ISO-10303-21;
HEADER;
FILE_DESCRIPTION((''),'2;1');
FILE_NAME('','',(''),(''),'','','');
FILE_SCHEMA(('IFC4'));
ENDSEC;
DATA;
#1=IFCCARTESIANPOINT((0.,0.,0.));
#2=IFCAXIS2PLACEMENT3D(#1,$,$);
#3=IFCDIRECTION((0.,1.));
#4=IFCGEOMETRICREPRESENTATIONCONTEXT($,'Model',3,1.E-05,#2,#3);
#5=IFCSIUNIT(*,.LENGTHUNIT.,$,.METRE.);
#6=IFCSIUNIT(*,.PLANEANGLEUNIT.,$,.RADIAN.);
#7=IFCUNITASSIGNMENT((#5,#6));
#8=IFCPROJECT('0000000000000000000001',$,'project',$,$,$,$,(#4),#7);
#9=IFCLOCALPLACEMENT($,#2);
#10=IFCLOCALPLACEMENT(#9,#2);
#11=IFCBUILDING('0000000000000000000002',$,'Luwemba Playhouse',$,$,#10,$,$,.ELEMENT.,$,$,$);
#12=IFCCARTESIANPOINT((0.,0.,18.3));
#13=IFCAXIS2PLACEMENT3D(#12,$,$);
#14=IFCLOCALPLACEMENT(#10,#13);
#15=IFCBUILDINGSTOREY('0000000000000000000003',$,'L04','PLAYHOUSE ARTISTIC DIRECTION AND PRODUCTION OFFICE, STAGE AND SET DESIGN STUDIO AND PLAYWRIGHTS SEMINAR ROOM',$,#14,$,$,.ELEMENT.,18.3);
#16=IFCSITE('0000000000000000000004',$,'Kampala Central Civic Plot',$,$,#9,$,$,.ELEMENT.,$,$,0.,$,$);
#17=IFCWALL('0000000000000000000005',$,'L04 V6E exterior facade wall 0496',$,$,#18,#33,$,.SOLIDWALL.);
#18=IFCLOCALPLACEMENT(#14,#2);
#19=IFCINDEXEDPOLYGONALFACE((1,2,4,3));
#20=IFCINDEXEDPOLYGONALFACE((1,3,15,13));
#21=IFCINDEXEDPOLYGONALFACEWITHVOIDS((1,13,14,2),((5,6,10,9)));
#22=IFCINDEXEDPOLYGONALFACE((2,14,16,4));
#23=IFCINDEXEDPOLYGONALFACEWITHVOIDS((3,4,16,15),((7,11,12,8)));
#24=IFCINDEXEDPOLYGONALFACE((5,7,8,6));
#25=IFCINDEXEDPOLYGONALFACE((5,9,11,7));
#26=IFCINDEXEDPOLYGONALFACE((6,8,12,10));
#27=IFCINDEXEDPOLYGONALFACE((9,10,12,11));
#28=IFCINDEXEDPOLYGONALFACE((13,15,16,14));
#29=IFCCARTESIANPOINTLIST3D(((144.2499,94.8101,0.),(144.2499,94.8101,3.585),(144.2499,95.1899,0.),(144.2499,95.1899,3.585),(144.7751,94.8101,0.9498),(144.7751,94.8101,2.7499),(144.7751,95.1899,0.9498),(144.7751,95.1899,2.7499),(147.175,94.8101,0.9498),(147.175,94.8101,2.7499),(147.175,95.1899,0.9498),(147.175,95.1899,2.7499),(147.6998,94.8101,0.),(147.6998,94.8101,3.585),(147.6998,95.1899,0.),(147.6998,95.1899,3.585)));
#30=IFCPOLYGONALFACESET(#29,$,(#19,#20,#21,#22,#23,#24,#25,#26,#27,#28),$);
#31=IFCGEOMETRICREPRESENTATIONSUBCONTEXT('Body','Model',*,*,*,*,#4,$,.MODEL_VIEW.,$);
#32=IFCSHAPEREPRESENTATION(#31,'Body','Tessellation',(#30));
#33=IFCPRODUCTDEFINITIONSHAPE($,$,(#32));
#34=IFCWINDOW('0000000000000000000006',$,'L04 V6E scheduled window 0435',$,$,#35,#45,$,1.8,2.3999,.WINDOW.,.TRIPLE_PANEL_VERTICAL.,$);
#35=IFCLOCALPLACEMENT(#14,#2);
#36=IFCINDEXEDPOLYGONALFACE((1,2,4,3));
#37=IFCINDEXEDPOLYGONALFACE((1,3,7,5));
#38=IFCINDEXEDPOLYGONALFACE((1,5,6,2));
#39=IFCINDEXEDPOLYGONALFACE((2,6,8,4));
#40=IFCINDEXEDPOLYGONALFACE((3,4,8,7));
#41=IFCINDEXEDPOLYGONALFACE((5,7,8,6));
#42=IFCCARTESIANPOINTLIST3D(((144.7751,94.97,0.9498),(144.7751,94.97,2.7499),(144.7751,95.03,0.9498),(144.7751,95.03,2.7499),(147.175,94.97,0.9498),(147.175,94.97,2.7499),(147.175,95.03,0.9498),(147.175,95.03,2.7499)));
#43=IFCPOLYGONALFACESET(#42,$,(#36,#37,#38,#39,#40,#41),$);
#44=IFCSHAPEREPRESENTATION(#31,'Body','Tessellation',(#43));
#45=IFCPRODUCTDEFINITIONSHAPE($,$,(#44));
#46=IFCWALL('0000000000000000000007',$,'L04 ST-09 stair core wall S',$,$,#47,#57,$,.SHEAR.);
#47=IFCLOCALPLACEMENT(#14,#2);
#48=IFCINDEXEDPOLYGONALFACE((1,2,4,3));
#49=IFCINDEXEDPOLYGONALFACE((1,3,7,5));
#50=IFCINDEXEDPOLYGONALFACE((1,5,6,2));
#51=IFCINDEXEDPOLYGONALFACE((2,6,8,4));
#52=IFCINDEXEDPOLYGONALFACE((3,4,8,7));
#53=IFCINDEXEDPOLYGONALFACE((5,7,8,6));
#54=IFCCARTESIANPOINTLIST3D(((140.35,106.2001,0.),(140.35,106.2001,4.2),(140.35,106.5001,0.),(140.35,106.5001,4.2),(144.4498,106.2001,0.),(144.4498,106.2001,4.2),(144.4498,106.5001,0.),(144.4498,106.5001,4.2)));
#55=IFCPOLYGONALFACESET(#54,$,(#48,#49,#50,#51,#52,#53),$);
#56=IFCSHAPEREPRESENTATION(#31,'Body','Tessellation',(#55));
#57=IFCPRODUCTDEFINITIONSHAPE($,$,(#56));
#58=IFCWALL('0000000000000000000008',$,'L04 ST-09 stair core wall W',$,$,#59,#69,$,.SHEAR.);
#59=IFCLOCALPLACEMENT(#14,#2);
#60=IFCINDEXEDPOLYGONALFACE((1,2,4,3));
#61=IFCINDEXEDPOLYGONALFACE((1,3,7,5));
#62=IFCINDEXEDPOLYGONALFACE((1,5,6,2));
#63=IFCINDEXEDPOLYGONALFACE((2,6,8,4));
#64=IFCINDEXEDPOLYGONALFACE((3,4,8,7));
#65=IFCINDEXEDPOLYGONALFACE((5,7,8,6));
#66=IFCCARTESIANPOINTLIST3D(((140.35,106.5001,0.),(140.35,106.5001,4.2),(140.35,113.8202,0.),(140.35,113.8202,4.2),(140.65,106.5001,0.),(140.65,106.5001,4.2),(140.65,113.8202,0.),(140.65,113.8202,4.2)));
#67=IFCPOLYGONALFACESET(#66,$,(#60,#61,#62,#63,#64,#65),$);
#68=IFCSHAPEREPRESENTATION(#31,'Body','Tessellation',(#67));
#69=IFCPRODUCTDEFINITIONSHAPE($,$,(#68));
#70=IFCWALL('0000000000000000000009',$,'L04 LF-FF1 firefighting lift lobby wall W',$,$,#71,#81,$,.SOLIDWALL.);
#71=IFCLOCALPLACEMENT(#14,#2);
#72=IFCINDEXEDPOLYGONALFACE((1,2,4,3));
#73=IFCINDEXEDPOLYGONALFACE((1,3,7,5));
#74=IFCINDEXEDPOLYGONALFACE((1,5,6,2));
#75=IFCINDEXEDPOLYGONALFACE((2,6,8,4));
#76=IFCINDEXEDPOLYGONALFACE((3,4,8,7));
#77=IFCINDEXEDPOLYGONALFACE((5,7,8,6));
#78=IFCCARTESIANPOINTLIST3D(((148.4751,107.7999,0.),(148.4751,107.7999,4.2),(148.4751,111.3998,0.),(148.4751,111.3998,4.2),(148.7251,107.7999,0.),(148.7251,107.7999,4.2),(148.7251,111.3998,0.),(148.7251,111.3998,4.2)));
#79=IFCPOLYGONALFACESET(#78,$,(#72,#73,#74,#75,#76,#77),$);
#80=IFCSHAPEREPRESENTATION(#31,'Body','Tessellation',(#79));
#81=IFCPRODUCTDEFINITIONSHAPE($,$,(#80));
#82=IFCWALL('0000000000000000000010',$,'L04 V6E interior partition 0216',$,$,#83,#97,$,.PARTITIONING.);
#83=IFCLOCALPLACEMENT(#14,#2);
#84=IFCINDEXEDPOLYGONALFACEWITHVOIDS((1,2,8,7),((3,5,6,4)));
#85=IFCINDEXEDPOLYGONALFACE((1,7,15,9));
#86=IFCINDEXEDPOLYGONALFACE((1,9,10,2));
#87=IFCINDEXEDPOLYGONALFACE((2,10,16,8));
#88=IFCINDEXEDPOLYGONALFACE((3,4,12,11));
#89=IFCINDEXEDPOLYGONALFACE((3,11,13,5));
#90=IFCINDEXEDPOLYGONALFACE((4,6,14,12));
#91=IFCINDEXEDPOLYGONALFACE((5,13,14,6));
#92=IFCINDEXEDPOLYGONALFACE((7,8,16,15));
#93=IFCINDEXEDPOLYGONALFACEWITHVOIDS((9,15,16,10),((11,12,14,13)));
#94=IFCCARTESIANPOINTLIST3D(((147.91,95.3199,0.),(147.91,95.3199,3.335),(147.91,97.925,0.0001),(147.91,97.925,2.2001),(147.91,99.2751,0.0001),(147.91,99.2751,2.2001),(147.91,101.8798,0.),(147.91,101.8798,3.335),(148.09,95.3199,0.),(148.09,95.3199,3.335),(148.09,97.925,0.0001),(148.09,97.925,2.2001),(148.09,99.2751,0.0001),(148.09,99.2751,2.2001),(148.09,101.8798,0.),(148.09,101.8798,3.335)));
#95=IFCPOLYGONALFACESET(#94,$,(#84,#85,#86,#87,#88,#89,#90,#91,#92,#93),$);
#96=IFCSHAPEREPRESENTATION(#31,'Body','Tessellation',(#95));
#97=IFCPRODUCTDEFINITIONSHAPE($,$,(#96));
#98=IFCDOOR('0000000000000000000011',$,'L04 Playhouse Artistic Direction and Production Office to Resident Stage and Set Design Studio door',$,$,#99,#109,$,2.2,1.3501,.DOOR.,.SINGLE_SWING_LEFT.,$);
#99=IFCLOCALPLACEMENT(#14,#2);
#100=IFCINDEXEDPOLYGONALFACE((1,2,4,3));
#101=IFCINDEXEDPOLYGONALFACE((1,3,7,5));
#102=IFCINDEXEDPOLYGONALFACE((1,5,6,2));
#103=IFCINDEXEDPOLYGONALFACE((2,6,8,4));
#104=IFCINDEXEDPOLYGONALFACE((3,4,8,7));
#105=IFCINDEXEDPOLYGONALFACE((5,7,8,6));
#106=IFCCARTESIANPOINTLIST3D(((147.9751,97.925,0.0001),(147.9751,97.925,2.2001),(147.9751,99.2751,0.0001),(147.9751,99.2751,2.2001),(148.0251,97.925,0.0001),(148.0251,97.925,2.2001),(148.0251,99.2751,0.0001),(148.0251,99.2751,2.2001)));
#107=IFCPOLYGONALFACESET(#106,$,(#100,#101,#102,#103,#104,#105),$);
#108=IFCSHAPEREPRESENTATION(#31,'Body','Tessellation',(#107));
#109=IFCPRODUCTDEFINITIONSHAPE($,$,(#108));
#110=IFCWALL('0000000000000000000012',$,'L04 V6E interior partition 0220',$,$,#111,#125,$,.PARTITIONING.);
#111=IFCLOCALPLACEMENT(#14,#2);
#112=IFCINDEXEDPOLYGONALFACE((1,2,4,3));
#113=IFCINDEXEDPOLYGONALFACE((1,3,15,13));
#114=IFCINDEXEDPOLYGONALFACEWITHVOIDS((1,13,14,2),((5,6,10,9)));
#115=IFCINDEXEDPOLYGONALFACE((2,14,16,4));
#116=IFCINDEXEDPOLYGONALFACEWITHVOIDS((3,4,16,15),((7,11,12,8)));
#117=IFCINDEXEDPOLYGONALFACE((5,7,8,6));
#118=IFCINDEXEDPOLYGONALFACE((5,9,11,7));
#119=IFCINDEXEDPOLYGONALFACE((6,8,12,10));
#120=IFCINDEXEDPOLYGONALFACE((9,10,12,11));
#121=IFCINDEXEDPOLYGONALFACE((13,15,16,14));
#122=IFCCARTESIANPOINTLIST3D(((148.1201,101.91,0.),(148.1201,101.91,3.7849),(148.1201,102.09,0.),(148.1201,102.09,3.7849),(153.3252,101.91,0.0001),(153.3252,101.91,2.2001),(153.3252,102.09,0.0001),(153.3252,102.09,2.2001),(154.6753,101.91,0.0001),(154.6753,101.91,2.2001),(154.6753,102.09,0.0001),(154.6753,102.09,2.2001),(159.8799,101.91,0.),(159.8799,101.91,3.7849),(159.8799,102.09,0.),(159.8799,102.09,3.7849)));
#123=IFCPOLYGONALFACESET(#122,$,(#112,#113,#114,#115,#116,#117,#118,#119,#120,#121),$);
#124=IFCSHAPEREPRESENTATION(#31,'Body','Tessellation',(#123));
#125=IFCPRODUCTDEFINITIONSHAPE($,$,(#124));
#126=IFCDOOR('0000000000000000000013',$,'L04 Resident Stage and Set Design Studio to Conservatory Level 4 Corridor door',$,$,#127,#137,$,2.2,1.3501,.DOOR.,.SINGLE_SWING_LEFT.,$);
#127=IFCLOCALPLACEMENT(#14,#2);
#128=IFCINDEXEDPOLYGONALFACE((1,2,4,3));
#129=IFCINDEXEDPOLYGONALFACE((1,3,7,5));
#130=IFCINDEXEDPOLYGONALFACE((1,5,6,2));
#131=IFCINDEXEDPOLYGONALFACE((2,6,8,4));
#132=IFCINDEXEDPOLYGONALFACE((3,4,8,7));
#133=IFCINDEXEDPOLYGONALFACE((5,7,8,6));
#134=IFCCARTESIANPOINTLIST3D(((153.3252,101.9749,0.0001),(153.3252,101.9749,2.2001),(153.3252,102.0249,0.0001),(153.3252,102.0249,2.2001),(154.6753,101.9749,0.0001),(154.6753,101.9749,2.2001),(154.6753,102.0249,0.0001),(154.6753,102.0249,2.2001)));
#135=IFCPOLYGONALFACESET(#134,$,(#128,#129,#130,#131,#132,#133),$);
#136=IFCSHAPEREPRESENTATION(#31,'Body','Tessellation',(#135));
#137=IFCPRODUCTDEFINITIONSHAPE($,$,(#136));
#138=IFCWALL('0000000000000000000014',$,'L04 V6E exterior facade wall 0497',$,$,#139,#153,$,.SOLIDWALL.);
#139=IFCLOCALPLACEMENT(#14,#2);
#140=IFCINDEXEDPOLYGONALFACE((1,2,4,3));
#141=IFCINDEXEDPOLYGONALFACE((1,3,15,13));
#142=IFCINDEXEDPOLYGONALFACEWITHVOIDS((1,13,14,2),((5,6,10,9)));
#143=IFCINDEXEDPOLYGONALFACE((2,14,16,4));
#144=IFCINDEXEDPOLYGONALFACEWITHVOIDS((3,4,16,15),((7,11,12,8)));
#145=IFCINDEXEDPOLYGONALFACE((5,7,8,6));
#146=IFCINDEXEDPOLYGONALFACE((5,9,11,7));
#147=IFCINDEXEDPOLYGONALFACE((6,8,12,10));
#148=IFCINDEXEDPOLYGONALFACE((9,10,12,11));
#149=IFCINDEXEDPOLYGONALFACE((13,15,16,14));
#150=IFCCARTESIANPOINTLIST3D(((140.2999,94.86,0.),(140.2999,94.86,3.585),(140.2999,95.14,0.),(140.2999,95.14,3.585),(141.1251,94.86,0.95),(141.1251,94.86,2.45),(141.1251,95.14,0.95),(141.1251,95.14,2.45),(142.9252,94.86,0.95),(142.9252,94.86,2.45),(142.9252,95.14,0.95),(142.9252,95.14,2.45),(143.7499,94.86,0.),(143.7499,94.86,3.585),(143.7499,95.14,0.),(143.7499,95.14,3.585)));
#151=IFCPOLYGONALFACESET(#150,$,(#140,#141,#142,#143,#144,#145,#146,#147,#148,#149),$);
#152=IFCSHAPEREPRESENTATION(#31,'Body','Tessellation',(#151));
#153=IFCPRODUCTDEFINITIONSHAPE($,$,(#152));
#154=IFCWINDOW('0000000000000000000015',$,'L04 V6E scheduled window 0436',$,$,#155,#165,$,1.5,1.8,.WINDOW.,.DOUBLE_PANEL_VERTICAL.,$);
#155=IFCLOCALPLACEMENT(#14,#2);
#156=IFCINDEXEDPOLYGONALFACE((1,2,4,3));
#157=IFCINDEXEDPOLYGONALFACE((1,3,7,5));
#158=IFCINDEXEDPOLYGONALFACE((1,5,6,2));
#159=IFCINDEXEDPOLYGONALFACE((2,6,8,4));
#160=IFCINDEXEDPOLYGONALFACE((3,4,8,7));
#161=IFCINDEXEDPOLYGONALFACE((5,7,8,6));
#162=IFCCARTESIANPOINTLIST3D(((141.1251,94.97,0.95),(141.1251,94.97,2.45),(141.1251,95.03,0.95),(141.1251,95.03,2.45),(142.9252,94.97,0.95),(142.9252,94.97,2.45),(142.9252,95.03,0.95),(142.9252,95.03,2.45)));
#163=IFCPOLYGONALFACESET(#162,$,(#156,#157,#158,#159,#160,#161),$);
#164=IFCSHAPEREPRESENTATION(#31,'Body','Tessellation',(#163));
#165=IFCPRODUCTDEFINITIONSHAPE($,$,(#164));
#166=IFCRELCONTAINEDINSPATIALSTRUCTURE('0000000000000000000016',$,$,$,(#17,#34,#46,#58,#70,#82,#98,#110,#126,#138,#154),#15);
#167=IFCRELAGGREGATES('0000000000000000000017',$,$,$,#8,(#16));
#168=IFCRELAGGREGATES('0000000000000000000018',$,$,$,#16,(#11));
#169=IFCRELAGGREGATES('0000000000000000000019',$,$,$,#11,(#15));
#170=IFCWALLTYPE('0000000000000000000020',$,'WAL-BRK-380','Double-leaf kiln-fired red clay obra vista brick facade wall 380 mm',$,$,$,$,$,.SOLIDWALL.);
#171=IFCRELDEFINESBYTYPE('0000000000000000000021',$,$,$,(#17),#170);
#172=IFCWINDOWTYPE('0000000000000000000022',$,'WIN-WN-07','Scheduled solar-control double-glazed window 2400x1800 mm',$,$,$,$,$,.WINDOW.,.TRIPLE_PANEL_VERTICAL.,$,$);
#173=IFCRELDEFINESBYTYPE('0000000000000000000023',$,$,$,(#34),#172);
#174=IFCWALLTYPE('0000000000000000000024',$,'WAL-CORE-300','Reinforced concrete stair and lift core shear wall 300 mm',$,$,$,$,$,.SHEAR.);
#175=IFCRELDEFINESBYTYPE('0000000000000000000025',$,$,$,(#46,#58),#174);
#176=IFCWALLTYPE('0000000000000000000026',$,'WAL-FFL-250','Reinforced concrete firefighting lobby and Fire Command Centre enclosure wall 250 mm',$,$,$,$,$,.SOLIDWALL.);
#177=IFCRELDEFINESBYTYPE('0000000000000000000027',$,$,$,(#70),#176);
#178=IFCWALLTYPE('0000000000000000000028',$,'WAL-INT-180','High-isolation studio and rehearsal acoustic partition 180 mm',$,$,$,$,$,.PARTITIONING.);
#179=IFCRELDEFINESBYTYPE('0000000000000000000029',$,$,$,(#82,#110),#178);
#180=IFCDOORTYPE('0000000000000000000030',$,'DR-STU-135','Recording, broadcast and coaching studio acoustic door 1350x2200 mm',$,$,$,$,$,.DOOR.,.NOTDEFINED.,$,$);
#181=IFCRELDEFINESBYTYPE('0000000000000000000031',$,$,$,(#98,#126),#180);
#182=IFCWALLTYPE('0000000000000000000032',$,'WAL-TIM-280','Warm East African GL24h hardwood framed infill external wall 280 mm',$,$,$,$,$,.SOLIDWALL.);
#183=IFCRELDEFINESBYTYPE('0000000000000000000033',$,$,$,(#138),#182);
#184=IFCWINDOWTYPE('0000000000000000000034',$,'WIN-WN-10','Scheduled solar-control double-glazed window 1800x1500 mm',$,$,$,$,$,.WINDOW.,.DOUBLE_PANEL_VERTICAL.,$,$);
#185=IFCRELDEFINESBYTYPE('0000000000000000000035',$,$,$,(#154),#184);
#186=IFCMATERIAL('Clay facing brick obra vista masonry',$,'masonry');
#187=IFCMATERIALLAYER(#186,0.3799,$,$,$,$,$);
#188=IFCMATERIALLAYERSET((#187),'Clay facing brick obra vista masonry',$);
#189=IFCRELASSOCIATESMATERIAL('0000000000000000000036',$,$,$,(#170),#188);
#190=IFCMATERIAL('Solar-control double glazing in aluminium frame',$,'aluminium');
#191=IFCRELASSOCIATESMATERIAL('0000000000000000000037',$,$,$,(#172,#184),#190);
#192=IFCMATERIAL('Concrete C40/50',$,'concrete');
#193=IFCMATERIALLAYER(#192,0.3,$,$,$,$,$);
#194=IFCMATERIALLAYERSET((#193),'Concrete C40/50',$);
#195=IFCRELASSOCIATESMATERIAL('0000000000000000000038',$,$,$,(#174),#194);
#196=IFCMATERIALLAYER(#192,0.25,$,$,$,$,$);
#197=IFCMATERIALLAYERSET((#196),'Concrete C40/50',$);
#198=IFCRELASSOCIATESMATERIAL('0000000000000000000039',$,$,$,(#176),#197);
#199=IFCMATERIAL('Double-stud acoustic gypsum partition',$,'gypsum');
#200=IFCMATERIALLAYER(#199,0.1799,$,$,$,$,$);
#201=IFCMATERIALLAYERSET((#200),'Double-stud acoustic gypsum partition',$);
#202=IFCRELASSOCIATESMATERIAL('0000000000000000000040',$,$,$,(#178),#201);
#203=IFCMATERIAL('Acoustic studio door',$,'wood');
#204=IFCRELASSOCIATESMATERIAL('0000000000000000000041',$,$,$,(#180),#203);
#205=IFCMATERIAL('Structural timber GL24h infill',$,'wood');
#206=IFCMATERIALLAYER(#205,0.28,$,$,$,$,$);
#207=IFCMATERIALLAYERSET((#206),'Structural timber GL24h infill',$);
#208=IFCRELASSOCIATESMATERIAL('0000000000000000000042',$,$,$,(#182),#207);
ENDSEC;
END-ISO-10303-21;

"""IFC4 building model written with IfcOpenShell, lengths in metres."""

from ifc_helpers import new_model, si_unit, direction, frame, frame_2d, origin, place, context, subcontext, project, spatial, rectangle, extrude, material, layer, layer_set, type_object, element, fill, save


model = new_model("IFC4")

# Units and contexts
model_context = context("Model", 3, precision=1e-05, world=origin(), true_north=direction((0.0, 1.0)))
body_context = subcontext(model_context, "Body", "Model", "MODEL_VIEW")
ifc_project = project(units=[si_unit("LENGTHUNIT", "METRE"), si_unit("PLANEANGLEUNIT", "RADIAN")], contexts=[model_context])

# Site, building, storey
site_placement = place(None, origin())
site = spatial("IfcSite", under=ifc_project, at=site_placement, Name="Kampala Central Civic Plot", CompositionType="ELEMENT", RefElevation=0.0)
building_placement = place(site_placement, origin())
building = spatial("IfcBuilding", under=site, at=building_placement, Name="Luwemba Playhouse", CompositionType="ELEMENT")
storey_placement = place(building_placement, frame((0.0, 0.0, 18.3)))
storey = spatial("IfcBuildingStorey", under=building, at=storey_placement, Name="L04", Description="PLAYHOUSE ARTISTIC DIRECTION AND PRODUCTION OFFICE, STAGE AND SET DESIGN STUDIO AND PLAYWRIGHTS SEMINAR ROOM", CompositionType="ELEMENT", Elevation=18.3)

# Shared definitions
ifc_material_1 = material(Name="Concrete C40/50", Category="concrete")

# Wall, opening, window
ifc_material_2 = material(Name="Clay facing brick obra vista masonry", Category="masonry")
ifc_layer_1 = layer(ifc_material_2, 0.3799)
ifc_layer_set_1 = layer_set([ifc_layer_1], Name="Clay facing brick obra vista masonry")
wall_type_1 = type_object("IfcWallType", Name="WAL-BRK-380", Description="Double-leaf kiln-fired red clay obra vista brick facade wall 380 mm", PredefinedType="SOLIDWALL", material=ifc_layer_set_1)
wall_1_placement = place(storey_placement, frame((147.7, 95.0, 0.0), z_axis=(0.0, 0.0, 1.0), x_axis=(-1.0, 0.0, 0.0)))
wall_1 = element("IfcWall", 1, at=wall_1_placement, inside=storey, type_object=wall_type_1, Name="L04 V6E exterior facade wall 0496", PredefinedType="SOLIDWALL", context=body_context, shape_type="SweptSolid", body=[
    extrude(rectangle(XDim=3.45, YDim=0.3799, at=frame_2d((1.7251, 0.0))), origin(), (0.0, 0.0, 1.0), 3.585),
])
opening_1_placement = place(wall_1_placement, frame((0.5249, 0.0, 0.95)))
opening_1 = element("IfcOpeningElement", 2, at=opening_1_placement, cuts=wall_1, PredefinedType="OPENING", context=body_context, shape_type="SweptSolid", body=[
    extrude(rectangle(XDim=2.3999, YDim=1.8, at=frame_2d((1.2, 0.8999))), frame((0.0, 0.2, 0.0), z_axis=(0.0, -1.0, 0.0), x_axis=(1.0, 0.0, 0.0)), (0.0, 0.0, 1.0), 0.3999),
])
ifc_material_3 = material(Name="Solar-control double glazing in aluminium frame", Category="aluminium")
window_type_1 = type_object("IfcWindowType", Name="WIN-WN-07", Description="Scheduled solar-control double-glazed window 2400x1800 mm", PartitioningType="TRIPLE_PANEL_VERTICAL", PredefinedType="WINDOW", material=ifc_material_3)
window_1_placement = place(opening_1_placement, origin())
window_1 = element("IfcWindow", 3, at=window_1_placement, inside=storey, type_object=window_type_1, Name="L04 V6E scheduled window 0435", OverallHeight=1.8, OverallWidth=2.3999, PartitioningType="TRIPLE_PANEL_VERTICAL", PredefinedType="WINDOW", context=body_context, shape_type="SweptSolid", body=[
    extrude(rectangle(XDim=2.3999, YDim=1.8, at=frame_2d((1.2, 0.8999))), frame((0.0, 0.03, 0.0), z_axis=(0.0, -1.0, 0.0), x_axis=(1.0, 0.0, 0.0)), (0.0, 0.0, 1.0), 0.0601),
])
fill(opening_1, window_1)

# Walls
ifc_layer_2 = layer(ifc_material_1, 0.3)
ifc_layer_set_2 = layer_set([ifc_layer_2], Name="Concrete C40/50")
wall_type_2 = type_object("IfcWallType", Name="WAL-CORE-300", Description="Reinforced concrete stair and lift core shear wall 300 mm", PredefinedType="SHEAR", material=ifc_layer_set_2)
wall_2_placement = place(storey_placement, frame((140.3501, 106.3501, 0.0), z_axis=(0.0, 0.0, 1.0), x_axis=(1.0, 0.0, 0.0)))
element("IfcWall", 4, at=wall_2_placement, inside=storey, type_object=wall_type_2, Name="L04 ST-09 stair core wall S", PredefinedType="SHEAR", context=body_context, shape_type="SweptSolid", body=[
    extrude(rectangle(XDim=4.0999, YDim=0.3, at=frame_2d((2.0498, 0.0))), origin(), (0.0, 0.0, 1.0), 4.2),
])
wall_3_placement = place(storey_placement, frame((140.5, 106.5, 0.0), z_axis=(0.0, 0.0, 1.0), x_axis=(0.0, 1.0, 0.0)))
element("IfcWall", 5, at=wall_3_placement, inside=storey, type_object=wall_type_2, Name="L04 ST-09 stair core wall W", PredefinedType="SHEAR", context=body_context, shape_type="SweptSolid", body=[
    extrude(rectangle(XDim=7.3201, YDim=0.3, at=frame_2d((3.6602, 0.0))), origin(), (0.0, 0.0, 1.0), 4.2),
])

# Wall
ifc_layer_3 = layer(ifc_material_1, 0.25)
ifc_layer_set_3 = layer_set([ifc_layer_3], Name="Concrete C40/50")
wall_type_3 = type_object("IfcWallType", Name="WAL-FFL-250", Description="Reinforced concrete firefighting lobby and Fire Command Centre enclosure wall 250 mm", PredefinedType="SOLIDWALL", material=ifc_layer_set_3)
wall_4_placement = place(storey_placement, frame((148.6001, 107.8, 0.0), z_axis=(0.0, 0.0, 1.0), x_axis=(0.0, 1.0, 0.0)))
element("IfcWall", 6, at=wall_4_placement, inside=storey, type_object=wall_type_3, Name="L04 LF-FF1 firefighting lift lobby wall W", PredefinedType="SOLIDWALL", context=body_context, shape_type="SweptSolid", body=[
    extrude(rectangle(XDim=3.5999, YDim=0.25, at=frame_2d((1.7998, 0.0))), origin(), (0.0, 0.0, 1.0), 4.2),
])

# Walls, openings, doors
ifc_material_4 = material(Name="Double-stud acoustic gypsum partition", Category="gypsum")
ifc_layer_4 = layer(ifc_material_4, 0.1799)
ifc_layer_set_4 = layer_set([ifc_layer_4], Name="Double-stud acoustic gypsum partition")
wall_type_4 = type_object("IfcWallType", Name="WAL-INT-180", Description="High-isolation studio and rehearsal acoustic partition 180 mm", PredefinedType="PARTITIONING", material=ifc_layer_set_4)
wall_5_placement = place(storey_placement, frame((148.0, 95.3201, 0.0), z_axis=(0.0, 0.0, 1.0), x_axis=(0.0, 1.0, 0.0)))
wall_5 = element("IfcWall", 7, at=wall_5_placement, inside=storey, type_object=wall_type_4, Name="L04 V6E interior partition 0216", PredefinedType="PARTITIONING", context=body_context, shape_type="SweptSolid", body=[
    extrude(rectangle(XDim=6.5598, YDim=0.1799, at=frame_2d((3.2798, 0.0))), origin(), (0.0, 0.0, 1.0), 3.335),
])
opening_2_placement = place(wall_5_placement, frame((2.605, 0.0, 0.0)))
opening_2 = element("IfcOpeningElement", 8, at=opening_2_placement, cuts=wall_5, PredefinedType="OPENING", context=body_context, shape_type="SweptSolid", body=[
    extrude(rectangle(XDim=1.3501, YDim=2.2, at=frame_2d((0.675, 1.1001))), frame((0.0, 0.0999, 0.0), z_axis=(0.0, -1.0, 0.0), x_axis=(1.0, 0.0, 0.0)), (0.0, 0.0, 1.0), 0.2),
])
ifc_material_5 = material(Name="Acoustic studio door", Category="wood")
door_type_1 = type_object("IfcDoorType", Name="DR-STU-135", Description="Recording, broadcast and coaching studio acoustic door 1350x2200 mm", OperationType="NOTDEFINED", PredefinedType="DOOR", material=ifc_material_5)
door_1_placement = place(opening_2_placement, origin())
door_1 = element("IfcDoor", 9, at=door_1_placement, inside=storey, type_object=door_type_1, Name="L04 Playhouse Artistic Direction and Production Office to Resident Stage and Set Design Studio door", OperationType="SINGLE_SWING_LEFT", OverallHeight=2.2, OverallWidth=1.3501, PredefinedType="DOOR", context=body_context, shape_type="SweptSolid", body=[
    extrude(rectangle(XDim=1.3501, YDim=2.2, at=frame_2d((0.675, 1.1001))), frame((0.0, 0.0249, 0.0), z_axis=(0.0, -1.0, 0.0), x_axis=(1.0, 0.0, 0.0)), (0.0, 0.0, 1.0), 0.05),
])
fill(opening_2, door_1)
wall_6_placement = place(storey_placement, frame((148.1201, 102.0, 0.0), z_axis=(0.0, 0.0, 1.0), x_axis=(1.0, 0.0, 0.0)))
wall_6 = element("IfcWall", 10, at=wall_6_placement, inside=storey, type_object=wall_type_4, Name="L04 V6E interior partition 0220", PredefinedType="PARTITIONING", context=body_context, shape_type="SweptSolid", body=[
    extrude(rectangle(XDim=11.7598, YDim=0.1799, at=frame_2d((5.8799, 0.0))), origin(), (0.0, 0.0, 1.0), 3.7849),
])
opening_3_placement = place(wall_6_placement, frame((5.2051, 0.0, 0.0)))
opening_3 = element("IfcOpeningElement", 11, at=opening_3_placement, cuts=wall_6, PredefinedType="OPENING", context=body_context, shape_type="SweptSolid", body=[
    extrude(rectangle(XDim=1.3501, YDim=2.2, at=frame_2d((0.675, 1.1001))), frame((0.0, 0.0999, 0.0), z_axis=(0.0, -1.0, 0.0), x_axis=(1.0, 0.0, 0.0)), (0.0, 0.0, 1.0), 0.2),
])
door_2_placement = place(opening_3_placement, origin())
door_2 = element("IfcDoor", 12, at=door_2_placement, inside=storey, type_object=door_type_1, Name="L04 Resident Stage and Set Design Studio to Conservatory Level 4 Corridor door", OperationType="SINGLE_SWING_LEFT", OverallHeight=2.2, OverallWidth=1.3501, PredefinedType="DOOR", context=body_context, shape_type="SweptSolid", body=[
    extrude(rectangle(XDim=1.3501, YDim=2.2, at=frame_2d((0.675, 1.1001))), frame((0.0, 0.0249, 0.0), z_axis=(0.0, -1.0, 0.0), x_axis=(1.0, 0.0, 0.0)), (0.0, 0.0, 1.0), 0.05),
])
fill(opening_3, door_2)

# Wall, opening, window
ifc_material_6 = material(Name="Structural timber GL24h infill", Category="wood")
ifc_layer_5 = layer(ifc_material_6, 0.28)
ifc_layer_set_5 = layer_set([ifc_layer_5], Name="Structural timber GL24h infill")
wall_type_5 = type_object("IfcWallType", Name="WAL-TIM-280", Description="Warm East African GL24h hardwood framed infill external wall 280 mm", PredefinedType="SOLIDWALL", material=ifc_layer_set_5)
wall_7_placement = place(storey_placement, frame((143.75, 95.0, 0.0), z_axis=(0.0, 0.0, 1.0), x_axis=(-1.0, 0.0, 0.0)))
wall_7 = element("IfcWall", 13, at=wall_7_placement, inside=storey, type_object=wall_type_5, Name="L04 V6E exterior facade wall 0497", PredefinedType="SOLIDWALL", context=body_context, shape_type="SweptSolid", body=[
    extrude(rectangle(XDim=3.45, YDim=0.28, at=frame_2d((1.7251, 0.0))), origin(), (0.0, 0.0, 1.0), 3.585),
])
opening_4_placement = place(wall_7_placement, frame((0.825, 0.0, 0.95)))
opening_4 = element("IfcOpeningElement", 14, at=opening_4_placement, cuts=wall_7, PredefinedType="OPENING", context=body_context, shape_type="SweptSolid", body=[
    extrude(rectangle(XDim=1.8, YDim=1.5, at=frame_2d((0.8999, 0.75))), frame((0.0, 0.1499, 0.0), z_axis=(0.0, -1.0, 0.0), x_axis=(1.0, 0.0, 0.0)), (0.0, 0.0, 1.0), 0.3),
])
window_type_2 = type_object("IfcWindowType", Name="WIN-WN-10", Description="Scheduled solar-control double-glazed window 1800x1500 mm", PartitioningType="DOUBLE_PANEL_VERTICAL", PredefinedType="WINDOW", material=ifc_material_3)
window_2_placement = place(opening_4_placement, origin())
window_2 = element("IfcWindow", 15, at=window_2_placement, inside=storey, type_object=window_type_2, Name="L04 V6E scheduled window 0436", OverallHeight=1.5, OverallWidth=1.8, PartitioningType="DOUBLE_PANEL_VERTICAL", PredefinedType="WINDOW", context=body_context, shape_type="SweptSolid", body=[
    extrude(rectangle(XDim=1.8, YDim=1.5, at=frame_2d((0.8999, 0.75))), frame((0.0, 0.03, 0.0), z_axis=(0.0, -1.0, 0.0), x_axis=(1.0, 0.0, 0.0)), (0.0, 0.0, 1.0), 0.0601),
])
fill(opening_4, window_2)

save(model, "model.ifc")
